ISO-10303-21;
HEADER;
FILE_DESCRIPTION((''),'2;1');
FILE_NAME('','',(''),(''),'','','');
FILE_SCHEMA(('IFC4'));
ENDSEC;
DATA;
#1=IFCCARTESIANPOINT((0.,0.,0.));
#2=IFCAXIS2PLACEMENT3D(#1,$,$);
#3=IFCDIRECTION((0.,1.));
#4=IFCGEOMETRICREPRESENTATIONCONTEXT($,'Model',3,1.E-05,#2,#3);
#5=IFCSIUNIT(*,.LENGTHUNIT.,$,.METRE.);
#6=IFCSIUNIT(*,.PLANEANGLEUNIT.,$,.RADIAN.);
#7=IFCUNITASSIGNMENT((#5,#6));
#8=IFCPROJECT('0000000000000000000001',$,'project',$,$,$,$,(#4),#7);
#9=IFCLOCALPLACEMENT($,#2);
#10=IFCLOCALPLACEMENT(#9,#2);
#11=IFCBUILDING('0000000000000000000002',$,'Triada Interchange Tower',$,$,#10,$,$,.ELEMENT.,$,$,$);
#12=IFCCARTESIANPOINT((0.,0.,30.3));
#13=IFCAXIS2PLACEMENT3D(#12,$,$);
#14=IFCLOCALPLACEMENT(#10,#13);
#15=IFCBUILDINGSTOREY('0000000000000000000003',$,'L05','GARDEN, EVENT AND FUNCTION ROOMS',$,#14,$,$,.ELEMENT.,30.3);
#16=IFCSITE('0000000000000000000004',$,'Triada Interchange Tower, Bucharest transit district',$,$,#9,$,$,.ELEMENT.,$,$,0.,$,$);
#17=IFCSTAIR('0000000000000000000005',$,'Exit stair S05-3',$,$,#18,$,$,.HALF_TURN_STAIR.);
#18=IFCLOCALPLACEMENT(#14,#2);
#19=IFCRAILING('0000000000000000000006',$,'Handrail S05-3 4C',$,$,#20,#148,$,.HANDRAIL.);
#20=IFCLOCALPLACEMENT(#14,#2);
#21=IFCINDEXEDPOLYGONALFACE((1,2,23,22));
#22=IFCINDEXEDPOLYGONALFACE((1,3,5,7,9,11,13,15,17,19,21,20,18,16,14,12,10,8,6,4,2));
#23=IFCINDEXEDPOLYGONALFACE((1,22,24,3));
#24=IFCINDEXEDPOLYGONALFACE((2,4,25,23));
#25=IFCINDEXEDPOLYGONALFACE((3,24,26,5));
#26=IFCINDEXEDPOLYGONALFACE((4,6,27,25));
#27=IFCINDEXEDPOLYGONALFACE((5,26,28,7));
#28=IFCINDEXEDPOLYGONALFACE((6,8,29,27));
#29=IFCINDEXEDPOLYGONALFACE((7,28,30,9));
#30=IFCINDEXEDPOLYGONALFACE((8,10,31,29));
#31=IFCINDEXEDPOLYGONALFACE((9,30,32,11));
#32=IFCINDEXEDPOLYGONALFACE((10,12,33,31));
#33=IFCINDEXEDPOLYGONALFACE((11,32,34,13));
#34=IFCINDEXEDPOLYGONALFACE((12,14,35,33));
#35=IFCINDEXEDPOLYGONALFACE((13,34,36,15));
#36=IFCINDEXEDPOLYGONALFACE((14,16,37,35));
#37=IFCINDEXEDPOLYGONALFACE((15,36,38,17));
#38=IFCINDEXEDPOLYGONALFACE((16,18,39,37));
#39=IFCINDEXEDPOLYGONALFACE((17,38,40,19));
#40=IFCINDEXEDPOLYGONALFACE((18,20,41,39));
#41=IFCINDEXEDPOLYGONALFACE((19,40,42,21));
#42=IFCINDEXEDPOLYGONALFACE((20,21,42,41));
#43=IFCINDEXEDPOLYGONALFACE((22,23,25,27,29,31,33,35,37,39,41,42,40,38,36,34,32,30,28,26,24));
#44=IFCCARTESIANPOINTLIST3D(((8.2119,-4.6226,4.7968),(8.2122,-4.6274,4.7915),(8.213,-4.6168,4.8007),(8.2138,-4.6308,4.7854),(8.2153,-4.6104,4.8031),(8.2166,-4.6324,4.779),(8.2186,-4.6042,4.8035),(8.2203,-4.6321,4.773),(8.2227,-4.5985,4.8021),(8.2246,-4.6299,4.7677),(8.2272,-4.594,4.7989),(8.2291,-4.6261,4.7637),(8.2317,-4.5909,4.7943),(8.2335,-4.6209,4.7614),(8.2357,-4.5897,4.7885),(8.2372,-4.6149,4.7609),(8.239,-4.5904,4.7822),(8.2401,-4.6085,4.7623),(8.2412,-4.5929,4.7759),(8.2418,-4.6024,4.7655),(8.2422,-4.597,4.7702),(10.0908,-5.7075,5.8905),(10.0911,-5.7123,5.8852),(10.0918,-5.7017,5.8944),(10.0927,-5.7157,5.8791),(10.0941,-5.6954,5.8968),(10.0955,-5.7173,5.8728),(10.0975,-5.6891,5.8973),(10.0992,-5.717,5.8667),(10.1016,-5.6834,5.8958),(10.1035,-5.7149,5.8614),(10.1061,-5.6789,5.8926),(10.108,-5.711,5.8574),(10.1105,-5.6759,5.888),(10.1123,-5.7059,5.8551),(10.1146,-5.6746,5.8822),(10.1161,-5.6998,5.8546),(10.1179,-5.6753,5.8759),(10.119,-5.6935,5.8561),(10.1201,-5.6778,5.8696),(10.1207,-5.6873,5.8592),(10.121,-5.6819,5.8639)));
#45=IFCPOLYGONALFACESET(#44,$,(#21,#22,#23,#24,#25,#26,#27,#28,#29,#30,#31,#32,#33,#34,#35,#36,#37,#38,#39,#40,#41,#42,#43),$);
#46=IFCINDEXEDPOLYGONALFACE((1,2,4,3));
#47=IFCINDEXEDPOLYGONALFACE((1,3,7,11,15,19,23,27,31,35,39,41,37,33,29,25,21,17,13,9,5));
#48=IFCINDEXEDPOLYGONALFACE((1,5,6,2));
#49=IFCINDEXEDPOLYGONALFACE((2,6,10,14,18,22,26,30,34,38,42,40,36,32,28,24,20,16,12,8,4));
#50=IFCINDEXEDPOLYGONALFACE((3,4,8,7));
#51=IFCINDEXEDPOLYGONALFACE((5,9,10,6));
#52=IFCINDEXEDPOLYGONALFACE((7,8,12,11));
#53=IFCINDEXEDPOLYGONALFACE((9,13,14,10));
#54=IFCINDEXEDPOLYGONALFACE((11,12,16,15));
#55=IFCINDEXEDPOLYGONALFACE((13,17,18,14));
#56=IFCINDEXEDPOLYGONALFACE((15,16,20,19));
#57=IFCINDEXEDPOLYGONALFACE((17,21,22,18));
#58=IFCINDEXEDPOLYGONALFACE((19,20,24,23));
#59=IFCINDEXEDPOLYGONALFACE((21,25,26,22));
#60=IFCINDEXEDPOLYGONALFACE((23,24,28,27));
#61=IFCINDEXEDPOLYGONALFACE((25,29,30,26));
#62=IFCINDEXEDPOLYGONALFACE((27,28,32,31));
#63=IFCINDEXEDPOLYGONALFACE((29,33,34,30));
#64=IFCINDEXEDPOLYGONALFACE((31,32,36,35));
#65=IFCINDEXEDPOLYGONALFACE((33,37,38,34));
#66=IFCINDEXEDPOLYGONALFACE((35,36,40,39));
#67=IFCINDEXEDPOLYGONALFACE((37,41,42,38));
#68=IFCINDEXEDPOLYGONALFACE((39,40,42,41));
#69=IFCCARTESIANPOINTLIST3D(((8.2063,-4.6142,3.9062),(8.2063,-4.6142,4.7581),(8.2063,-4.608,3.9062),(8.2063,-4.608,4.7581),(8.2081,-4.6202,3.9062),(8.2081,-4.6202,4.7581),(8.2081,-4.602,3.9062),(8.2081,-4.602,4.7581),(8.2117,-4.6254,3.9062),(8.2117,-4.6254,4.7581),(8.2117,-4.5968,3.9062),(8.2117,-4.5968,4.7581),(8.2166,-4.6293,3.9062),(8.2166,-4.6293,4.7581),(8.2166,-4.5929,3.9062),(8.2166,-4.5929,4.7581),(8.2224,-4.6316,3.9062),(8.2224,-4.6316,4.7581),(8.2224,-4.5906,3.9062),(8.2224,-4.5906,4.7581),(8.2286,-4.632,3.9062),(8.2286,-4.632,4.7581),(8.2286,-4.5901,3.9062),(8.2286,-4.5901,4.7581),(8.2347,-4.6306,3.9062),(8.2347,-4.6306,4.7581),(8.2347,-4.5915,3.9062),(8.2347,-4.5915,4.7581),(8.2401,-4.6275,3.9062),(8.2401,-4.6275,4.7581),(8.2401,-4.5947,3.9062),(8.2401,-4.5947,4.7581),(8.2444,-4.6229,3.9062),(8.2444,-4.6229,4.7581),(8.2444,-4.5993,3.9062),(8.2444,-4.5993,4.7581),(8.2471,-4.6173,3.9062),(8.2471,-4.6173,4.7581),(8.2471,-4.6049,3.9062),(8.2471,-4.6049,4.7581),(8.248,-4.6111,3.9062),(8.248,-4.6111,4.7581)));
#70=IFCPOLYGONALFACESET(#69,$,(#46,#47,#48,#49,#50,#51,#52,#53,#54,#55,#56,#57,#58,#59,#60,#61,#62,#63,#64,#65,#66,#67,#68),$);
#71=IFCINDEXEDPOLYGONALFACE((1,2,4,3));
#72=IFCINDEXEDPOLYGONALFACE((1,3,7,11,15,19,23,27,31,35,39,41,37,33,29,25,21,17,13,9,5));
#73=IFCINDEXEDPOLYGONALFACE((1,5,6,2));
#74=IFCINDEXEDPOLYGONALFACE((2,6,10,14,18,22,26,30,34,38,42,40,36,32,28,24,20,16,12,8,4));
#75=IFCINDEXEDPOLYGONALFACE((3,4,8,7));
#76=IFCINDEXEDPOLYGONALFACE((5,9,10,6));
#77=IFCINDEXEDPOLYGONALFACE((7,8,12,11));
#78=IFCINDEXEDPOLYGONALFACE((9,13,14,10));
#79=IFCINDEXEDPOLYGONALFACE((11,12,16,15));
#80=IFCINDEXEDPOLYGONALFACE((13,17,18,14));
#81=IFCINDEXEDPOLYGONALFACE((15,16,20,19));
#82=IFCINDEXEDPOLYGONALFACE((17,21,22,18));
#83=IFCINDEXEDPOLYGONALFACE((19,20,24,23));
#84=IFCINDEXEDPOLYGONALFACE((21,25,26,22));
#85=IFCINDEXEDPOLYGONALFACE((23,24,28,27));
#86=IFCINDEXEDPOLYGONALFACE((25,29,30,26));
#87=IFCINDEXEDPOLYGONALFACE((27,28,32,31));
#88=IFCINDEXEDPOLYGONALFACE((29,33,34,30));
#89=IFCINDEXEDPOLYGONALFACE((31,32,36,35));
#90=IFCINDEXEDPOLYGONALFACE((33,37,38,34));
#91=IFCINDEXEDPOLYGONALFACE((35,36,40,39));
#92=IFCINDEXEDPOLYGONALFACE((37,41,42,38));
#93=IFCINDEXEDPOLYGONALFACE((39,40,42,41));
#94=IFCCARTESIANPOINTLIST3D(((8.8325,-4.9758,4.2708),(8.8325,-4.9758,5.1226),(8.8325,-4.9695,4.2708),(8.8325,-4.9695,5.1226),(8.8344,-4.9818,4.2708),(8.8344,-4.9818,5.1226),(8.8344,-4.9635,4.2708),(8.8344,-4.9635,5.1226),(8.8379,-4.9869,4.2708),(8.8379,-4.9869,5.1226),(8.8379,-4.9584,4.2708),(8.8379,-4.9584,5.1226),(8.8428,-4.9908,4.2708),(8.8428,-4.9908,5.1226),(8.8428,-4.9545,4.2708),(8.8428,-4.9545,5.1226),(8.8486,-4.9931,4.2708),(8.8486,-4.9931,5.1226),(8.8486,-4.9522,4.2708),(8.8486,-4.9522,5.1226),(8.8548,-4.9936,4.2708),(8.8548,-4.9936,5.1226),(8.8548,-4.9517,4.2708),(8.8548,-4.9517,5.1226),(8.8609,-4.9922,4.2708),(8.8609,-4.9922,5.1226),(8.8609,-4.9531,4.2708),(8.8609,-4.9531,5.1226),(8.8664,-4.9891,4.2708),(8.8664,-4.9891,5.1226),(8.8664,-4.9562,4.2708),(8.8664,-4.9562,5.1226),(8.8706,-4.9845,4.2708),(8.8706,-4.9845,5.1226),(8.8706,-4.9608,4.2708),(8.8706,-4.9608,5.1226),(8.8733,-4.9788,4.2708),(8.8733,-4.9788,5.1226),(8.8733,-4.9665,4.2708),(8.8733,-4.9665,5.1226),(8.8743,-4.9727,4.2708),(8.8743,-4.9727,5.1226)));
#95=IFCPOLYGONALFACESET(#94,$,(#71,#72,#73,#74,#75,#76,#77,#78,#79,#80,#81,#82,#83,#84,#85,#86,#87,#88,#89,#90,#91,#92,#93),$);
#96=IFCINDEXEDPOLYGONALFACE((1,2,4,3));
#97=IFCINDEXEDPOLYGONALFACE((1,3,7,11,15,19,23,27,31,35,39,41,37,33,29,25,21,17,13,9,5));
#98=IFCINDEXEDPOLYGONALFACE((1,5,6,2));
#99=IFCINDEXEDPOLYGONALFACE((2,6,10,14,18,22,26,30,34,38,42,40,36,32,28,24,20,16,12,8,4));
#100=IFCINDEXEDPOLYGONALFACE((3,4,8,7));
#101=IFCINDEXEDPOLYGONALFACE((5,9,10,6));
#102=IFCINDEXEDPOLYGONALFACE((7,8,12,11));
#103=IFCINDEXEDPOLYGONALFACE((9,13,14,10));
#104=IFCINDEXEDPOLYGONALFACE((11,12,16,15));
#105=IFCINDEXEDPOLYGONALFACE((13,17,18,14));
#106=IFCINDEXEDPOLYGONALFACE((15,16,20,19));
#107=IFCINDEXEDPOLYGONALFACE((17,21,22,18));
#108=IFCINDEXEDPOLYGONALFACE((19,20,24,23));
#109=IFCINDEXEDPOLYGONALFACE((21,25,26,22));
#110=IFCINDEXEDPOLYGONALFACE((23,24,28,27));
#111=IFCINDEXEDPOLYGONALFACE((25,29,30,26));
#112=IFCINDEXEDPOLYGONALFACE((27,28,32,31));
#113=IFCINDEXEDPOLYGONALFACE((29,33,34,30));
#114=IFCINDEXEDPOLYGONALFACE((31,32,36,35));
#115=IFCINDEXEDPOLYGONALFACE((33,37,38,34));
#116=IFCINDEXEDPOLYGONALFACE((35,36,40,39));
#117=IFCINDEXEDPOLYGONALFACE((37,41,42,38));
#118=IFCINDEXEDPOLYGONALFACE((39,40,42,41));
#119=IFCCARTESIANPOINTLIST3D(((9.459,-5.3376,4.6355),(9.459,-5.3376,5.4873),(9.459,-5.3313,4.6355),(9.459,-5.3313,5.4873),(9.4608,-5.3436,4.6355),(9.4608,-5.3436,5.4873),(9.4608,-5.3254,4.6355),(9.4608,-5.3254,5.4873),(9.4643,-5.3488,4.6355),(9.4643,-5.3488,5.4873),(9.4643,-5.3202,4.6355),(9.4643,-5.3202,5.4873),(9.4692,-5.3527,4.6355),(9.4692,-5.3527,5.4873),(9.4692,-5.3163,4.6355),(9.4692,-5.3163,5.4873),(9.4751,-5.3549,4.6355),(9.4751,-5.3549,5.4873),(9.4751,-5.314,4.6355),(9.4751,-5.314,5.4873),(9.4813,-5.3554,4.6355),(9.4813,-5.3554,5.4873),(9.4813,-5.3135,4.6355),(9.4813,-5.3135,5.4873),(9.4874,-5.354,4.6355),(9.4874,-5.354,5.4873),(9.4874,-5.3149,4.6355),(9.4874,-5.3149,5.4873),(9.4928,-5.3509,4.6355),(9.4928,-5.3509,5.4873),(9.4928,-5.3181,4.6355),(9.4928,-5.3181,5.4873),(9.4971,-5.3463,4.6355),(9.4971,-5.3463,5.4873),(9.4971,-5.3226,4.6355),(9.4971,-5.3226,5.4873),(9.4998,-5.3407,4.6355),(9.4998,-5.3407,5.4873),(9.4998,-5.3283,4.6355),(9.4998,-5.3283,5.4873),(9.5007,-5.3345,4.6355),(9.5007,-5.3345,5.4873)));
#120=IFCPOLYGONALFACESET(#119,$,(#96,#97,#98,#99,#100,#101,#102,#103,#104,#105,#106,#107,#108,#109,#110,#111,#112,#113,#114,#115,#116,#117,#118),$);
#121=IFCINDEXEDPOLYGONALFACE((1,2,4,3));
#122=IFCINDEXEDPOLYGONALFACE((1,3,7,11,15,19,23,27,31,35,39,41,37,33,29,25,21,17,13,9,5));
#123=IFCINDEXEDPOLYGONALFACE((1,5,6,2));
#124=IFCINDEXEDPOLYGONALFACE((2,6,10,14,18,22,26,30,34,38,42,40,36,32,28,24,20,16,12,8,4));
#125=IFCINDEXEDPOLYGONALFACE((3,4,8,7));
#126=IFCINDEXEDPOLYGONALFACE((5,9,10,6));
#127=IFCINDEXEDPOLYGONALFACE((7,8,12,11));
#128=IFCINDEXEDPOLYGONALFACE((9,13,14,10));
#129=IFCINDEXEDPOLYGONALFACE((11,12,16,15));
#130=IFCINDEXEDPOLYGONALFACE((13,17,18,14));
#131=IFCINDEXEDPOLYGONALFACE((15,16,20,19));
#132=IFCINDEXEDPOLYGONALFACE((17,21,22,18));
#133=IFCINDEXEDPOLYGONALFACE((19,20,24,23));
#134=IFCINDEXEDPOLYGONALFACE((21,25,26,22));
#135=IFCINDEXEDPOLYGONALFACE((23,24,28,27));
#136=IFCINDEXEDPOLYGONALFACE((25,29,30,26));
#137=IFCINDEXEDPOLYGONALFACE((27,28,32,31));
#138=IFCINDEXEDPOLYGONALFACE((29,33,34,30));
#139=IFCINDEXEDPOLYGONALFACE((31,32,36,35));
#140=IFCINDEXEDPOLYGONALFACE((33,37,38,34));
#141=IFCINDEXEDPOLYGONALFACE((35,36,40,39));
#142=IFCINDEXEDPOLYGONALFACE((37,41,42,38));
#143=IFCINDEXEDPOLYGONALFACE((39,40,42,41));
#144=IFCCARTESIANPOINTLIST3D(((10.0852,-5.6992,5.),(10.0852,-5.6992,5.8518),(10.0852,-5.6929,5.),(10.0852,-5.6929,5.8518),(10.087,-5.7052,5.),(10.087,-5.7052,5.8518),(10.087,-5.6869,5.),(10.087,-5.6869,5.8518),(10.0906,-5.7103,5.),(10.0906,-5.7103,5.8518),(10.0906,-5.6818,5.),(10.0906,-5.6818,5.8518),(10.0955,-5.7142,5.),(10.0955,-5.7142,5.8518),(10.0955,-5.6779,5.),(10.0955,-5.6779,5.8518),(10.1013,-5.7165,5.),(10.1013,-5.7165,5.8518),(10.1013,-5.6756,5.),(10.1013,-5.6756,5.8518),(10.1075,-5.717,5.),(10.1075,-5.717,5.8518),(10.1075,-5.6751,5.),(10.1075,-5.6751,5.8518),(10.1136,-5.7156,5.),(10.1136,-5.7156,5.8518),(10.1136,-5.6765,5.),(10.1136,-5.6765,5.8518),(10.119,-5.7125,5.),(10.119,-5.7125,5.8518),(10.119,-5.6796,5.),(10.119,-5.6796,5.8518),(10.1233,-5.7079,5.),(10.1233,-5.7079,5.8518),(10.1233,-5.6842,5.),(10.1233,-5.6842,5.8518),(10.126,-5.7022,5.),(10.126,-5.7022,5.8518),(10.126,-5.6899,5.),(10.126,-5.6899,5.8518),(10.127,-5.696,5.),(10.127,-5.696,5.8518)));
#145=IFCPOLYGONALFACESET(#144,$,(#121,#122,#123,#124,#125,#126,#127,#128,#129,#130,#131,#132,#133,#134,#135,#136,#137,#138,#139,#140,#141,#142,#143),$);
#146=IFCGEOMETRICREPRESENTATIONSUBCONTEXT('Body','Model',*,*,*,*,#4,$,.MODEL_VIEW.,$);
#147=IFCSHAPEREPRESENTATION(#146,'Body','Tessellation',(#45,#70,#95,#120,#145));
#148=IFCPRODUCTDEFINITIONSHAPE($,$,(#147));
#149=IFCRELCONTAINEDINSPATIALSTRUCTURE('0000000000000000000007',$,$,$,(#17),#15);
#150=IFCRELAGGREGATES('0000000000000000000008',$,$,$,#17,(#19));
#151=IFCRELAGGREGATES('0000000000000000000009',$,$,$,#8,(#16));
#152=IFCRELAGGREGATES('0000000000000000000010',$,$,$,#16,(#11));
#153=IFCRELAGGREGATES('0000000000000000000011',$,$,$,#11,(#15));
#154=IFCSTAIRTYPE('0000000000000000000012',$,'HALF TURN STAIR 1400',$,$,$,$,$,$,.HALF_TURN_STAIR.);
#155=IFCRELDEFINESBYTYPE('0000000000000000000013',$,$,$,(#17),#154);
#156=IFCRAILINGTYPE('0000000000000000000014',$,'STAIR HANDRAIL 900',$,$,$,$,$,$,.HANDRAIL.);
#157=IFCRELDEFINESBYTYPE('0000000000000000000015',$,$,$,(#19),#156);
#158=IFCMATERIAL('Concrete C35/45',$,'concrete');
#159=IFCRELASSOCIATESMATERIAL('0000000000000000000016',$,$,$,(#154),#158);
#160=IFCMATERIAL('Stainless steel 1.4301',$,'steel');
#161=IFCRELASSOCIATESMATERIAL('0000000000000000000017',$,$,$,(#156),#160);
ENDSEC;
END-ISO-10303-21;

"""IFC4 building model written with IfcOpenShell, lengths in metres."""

from ifc_helpers import new_model, si_unit, direction, frame, origin, origin_2d, place, context, subcontext, project, spatial, circle, extrude, material, type_object, element, aggregate, save


model = new_model("IFC4")

# Units and contexts
model_context = context("Model", 3, precision=1e-05, world=origin(), true_north=direction((0.0, 1.0)))
body_context = subcontext(model_context, "Body", "Model", "MODEL_VIEW")
ifc_project = project(units=[si_unit("LENGTHUNIT", "METRE"), si_unit("PLANEANGLEUNIT", "RADIAN")], contexts=[model_context])

# Site, building, storey
site_placement = place(None, origin())
site = spatial("IfcSite", under=ifc_project, at=site_placement, Name="Triada Interchange Tower, Bucharest transit district", CompositionType="ELEMENT", RefElevation=0.0)
building_placement = place(site_placement, origin())
building = spatial("IfcBuilding", under=site, at=building_placement, Name="Triada Interchange Tower", CompositionType="ELEMENT")
storey_placement = place(building_placement, frame((0.0, 0.0, 30.3)))
storey = spatial("IfcBuildingStorey", under=building, at=storey_placement, Name="L05", Description="GARDEN, EVENT AND FUNCTION ROOMS", CompositionType="ELEMENT", Elevation=30.3)

# Stair, railing
ifc_material_1 = material(Name="Concrete C35/45", Category="concrete")
stair_type = type_object("IfcStairType", Name="HALF TURN STAIR 1400", PredefinedType="HALF_TURN_STAIR", material=ifc_material_1)
stair_placement = place(storey_placement, origin())
stair = element("IfcStair", 1, at=stair_placement, inside=storey, type_object=stair_type, Name="Exit stair S05-3", PredefinedType="HALF_TURN_STAIR")
ifc_material_2 = material(Name="Stainless steel 1.4301", Category="steel")
railing_type = type_object("IfcRailingType", Name="STAIR HANDRAIL 900", PredefinedType="HANDRAIL", material=ifc_material_2)
railing_1_placement = place(storey_placement, frame((8.2271, -4.6111, 3.9062)))
railing_1 = element("IfcRailing", 2, at=railing_1_placement, type_object=railing_type, Name="Handrail S05-3 4C", PredefinedType="HANDRAIL", context=body_context, shape_type="SweptSolid", body=[
    extrude(circle(Radius=0.0239, at=origin_2d()), frame((0.0, 0.0, 0.876), z_axis=(0.77329, -0.446531, 0.450148), x_axis=(0.50006, 0.865991, 0.0)), (0.0, 0.0, 1.0), 2.4297),
    extrude(circle(Radius=0.021, at=origin_2d()), origin(), (0.0, 0.0, 1.0), 0.8518),
    extrude(circle(Radius=0.021, at=origin_2d()), frame((0.6262, -0.3616, 0.3645)), (0.0, 0.0, 1.0), 0.8518),
    extrude(circle(Radius=0.021, at=origin_2d()), frame((1.2527, -0.7234, 0.7292)), (0.0, 0.0, 1.0), 0.8518),
    extrude(circle(Radius=0.021, at=origin_2d()), frame((1.8789, -1.085, 1.0938)), (0.0, 0.0, 1.0), 0.8518),
])
aggregate(stair, [railing_1])

save(model, "model.ifc")
